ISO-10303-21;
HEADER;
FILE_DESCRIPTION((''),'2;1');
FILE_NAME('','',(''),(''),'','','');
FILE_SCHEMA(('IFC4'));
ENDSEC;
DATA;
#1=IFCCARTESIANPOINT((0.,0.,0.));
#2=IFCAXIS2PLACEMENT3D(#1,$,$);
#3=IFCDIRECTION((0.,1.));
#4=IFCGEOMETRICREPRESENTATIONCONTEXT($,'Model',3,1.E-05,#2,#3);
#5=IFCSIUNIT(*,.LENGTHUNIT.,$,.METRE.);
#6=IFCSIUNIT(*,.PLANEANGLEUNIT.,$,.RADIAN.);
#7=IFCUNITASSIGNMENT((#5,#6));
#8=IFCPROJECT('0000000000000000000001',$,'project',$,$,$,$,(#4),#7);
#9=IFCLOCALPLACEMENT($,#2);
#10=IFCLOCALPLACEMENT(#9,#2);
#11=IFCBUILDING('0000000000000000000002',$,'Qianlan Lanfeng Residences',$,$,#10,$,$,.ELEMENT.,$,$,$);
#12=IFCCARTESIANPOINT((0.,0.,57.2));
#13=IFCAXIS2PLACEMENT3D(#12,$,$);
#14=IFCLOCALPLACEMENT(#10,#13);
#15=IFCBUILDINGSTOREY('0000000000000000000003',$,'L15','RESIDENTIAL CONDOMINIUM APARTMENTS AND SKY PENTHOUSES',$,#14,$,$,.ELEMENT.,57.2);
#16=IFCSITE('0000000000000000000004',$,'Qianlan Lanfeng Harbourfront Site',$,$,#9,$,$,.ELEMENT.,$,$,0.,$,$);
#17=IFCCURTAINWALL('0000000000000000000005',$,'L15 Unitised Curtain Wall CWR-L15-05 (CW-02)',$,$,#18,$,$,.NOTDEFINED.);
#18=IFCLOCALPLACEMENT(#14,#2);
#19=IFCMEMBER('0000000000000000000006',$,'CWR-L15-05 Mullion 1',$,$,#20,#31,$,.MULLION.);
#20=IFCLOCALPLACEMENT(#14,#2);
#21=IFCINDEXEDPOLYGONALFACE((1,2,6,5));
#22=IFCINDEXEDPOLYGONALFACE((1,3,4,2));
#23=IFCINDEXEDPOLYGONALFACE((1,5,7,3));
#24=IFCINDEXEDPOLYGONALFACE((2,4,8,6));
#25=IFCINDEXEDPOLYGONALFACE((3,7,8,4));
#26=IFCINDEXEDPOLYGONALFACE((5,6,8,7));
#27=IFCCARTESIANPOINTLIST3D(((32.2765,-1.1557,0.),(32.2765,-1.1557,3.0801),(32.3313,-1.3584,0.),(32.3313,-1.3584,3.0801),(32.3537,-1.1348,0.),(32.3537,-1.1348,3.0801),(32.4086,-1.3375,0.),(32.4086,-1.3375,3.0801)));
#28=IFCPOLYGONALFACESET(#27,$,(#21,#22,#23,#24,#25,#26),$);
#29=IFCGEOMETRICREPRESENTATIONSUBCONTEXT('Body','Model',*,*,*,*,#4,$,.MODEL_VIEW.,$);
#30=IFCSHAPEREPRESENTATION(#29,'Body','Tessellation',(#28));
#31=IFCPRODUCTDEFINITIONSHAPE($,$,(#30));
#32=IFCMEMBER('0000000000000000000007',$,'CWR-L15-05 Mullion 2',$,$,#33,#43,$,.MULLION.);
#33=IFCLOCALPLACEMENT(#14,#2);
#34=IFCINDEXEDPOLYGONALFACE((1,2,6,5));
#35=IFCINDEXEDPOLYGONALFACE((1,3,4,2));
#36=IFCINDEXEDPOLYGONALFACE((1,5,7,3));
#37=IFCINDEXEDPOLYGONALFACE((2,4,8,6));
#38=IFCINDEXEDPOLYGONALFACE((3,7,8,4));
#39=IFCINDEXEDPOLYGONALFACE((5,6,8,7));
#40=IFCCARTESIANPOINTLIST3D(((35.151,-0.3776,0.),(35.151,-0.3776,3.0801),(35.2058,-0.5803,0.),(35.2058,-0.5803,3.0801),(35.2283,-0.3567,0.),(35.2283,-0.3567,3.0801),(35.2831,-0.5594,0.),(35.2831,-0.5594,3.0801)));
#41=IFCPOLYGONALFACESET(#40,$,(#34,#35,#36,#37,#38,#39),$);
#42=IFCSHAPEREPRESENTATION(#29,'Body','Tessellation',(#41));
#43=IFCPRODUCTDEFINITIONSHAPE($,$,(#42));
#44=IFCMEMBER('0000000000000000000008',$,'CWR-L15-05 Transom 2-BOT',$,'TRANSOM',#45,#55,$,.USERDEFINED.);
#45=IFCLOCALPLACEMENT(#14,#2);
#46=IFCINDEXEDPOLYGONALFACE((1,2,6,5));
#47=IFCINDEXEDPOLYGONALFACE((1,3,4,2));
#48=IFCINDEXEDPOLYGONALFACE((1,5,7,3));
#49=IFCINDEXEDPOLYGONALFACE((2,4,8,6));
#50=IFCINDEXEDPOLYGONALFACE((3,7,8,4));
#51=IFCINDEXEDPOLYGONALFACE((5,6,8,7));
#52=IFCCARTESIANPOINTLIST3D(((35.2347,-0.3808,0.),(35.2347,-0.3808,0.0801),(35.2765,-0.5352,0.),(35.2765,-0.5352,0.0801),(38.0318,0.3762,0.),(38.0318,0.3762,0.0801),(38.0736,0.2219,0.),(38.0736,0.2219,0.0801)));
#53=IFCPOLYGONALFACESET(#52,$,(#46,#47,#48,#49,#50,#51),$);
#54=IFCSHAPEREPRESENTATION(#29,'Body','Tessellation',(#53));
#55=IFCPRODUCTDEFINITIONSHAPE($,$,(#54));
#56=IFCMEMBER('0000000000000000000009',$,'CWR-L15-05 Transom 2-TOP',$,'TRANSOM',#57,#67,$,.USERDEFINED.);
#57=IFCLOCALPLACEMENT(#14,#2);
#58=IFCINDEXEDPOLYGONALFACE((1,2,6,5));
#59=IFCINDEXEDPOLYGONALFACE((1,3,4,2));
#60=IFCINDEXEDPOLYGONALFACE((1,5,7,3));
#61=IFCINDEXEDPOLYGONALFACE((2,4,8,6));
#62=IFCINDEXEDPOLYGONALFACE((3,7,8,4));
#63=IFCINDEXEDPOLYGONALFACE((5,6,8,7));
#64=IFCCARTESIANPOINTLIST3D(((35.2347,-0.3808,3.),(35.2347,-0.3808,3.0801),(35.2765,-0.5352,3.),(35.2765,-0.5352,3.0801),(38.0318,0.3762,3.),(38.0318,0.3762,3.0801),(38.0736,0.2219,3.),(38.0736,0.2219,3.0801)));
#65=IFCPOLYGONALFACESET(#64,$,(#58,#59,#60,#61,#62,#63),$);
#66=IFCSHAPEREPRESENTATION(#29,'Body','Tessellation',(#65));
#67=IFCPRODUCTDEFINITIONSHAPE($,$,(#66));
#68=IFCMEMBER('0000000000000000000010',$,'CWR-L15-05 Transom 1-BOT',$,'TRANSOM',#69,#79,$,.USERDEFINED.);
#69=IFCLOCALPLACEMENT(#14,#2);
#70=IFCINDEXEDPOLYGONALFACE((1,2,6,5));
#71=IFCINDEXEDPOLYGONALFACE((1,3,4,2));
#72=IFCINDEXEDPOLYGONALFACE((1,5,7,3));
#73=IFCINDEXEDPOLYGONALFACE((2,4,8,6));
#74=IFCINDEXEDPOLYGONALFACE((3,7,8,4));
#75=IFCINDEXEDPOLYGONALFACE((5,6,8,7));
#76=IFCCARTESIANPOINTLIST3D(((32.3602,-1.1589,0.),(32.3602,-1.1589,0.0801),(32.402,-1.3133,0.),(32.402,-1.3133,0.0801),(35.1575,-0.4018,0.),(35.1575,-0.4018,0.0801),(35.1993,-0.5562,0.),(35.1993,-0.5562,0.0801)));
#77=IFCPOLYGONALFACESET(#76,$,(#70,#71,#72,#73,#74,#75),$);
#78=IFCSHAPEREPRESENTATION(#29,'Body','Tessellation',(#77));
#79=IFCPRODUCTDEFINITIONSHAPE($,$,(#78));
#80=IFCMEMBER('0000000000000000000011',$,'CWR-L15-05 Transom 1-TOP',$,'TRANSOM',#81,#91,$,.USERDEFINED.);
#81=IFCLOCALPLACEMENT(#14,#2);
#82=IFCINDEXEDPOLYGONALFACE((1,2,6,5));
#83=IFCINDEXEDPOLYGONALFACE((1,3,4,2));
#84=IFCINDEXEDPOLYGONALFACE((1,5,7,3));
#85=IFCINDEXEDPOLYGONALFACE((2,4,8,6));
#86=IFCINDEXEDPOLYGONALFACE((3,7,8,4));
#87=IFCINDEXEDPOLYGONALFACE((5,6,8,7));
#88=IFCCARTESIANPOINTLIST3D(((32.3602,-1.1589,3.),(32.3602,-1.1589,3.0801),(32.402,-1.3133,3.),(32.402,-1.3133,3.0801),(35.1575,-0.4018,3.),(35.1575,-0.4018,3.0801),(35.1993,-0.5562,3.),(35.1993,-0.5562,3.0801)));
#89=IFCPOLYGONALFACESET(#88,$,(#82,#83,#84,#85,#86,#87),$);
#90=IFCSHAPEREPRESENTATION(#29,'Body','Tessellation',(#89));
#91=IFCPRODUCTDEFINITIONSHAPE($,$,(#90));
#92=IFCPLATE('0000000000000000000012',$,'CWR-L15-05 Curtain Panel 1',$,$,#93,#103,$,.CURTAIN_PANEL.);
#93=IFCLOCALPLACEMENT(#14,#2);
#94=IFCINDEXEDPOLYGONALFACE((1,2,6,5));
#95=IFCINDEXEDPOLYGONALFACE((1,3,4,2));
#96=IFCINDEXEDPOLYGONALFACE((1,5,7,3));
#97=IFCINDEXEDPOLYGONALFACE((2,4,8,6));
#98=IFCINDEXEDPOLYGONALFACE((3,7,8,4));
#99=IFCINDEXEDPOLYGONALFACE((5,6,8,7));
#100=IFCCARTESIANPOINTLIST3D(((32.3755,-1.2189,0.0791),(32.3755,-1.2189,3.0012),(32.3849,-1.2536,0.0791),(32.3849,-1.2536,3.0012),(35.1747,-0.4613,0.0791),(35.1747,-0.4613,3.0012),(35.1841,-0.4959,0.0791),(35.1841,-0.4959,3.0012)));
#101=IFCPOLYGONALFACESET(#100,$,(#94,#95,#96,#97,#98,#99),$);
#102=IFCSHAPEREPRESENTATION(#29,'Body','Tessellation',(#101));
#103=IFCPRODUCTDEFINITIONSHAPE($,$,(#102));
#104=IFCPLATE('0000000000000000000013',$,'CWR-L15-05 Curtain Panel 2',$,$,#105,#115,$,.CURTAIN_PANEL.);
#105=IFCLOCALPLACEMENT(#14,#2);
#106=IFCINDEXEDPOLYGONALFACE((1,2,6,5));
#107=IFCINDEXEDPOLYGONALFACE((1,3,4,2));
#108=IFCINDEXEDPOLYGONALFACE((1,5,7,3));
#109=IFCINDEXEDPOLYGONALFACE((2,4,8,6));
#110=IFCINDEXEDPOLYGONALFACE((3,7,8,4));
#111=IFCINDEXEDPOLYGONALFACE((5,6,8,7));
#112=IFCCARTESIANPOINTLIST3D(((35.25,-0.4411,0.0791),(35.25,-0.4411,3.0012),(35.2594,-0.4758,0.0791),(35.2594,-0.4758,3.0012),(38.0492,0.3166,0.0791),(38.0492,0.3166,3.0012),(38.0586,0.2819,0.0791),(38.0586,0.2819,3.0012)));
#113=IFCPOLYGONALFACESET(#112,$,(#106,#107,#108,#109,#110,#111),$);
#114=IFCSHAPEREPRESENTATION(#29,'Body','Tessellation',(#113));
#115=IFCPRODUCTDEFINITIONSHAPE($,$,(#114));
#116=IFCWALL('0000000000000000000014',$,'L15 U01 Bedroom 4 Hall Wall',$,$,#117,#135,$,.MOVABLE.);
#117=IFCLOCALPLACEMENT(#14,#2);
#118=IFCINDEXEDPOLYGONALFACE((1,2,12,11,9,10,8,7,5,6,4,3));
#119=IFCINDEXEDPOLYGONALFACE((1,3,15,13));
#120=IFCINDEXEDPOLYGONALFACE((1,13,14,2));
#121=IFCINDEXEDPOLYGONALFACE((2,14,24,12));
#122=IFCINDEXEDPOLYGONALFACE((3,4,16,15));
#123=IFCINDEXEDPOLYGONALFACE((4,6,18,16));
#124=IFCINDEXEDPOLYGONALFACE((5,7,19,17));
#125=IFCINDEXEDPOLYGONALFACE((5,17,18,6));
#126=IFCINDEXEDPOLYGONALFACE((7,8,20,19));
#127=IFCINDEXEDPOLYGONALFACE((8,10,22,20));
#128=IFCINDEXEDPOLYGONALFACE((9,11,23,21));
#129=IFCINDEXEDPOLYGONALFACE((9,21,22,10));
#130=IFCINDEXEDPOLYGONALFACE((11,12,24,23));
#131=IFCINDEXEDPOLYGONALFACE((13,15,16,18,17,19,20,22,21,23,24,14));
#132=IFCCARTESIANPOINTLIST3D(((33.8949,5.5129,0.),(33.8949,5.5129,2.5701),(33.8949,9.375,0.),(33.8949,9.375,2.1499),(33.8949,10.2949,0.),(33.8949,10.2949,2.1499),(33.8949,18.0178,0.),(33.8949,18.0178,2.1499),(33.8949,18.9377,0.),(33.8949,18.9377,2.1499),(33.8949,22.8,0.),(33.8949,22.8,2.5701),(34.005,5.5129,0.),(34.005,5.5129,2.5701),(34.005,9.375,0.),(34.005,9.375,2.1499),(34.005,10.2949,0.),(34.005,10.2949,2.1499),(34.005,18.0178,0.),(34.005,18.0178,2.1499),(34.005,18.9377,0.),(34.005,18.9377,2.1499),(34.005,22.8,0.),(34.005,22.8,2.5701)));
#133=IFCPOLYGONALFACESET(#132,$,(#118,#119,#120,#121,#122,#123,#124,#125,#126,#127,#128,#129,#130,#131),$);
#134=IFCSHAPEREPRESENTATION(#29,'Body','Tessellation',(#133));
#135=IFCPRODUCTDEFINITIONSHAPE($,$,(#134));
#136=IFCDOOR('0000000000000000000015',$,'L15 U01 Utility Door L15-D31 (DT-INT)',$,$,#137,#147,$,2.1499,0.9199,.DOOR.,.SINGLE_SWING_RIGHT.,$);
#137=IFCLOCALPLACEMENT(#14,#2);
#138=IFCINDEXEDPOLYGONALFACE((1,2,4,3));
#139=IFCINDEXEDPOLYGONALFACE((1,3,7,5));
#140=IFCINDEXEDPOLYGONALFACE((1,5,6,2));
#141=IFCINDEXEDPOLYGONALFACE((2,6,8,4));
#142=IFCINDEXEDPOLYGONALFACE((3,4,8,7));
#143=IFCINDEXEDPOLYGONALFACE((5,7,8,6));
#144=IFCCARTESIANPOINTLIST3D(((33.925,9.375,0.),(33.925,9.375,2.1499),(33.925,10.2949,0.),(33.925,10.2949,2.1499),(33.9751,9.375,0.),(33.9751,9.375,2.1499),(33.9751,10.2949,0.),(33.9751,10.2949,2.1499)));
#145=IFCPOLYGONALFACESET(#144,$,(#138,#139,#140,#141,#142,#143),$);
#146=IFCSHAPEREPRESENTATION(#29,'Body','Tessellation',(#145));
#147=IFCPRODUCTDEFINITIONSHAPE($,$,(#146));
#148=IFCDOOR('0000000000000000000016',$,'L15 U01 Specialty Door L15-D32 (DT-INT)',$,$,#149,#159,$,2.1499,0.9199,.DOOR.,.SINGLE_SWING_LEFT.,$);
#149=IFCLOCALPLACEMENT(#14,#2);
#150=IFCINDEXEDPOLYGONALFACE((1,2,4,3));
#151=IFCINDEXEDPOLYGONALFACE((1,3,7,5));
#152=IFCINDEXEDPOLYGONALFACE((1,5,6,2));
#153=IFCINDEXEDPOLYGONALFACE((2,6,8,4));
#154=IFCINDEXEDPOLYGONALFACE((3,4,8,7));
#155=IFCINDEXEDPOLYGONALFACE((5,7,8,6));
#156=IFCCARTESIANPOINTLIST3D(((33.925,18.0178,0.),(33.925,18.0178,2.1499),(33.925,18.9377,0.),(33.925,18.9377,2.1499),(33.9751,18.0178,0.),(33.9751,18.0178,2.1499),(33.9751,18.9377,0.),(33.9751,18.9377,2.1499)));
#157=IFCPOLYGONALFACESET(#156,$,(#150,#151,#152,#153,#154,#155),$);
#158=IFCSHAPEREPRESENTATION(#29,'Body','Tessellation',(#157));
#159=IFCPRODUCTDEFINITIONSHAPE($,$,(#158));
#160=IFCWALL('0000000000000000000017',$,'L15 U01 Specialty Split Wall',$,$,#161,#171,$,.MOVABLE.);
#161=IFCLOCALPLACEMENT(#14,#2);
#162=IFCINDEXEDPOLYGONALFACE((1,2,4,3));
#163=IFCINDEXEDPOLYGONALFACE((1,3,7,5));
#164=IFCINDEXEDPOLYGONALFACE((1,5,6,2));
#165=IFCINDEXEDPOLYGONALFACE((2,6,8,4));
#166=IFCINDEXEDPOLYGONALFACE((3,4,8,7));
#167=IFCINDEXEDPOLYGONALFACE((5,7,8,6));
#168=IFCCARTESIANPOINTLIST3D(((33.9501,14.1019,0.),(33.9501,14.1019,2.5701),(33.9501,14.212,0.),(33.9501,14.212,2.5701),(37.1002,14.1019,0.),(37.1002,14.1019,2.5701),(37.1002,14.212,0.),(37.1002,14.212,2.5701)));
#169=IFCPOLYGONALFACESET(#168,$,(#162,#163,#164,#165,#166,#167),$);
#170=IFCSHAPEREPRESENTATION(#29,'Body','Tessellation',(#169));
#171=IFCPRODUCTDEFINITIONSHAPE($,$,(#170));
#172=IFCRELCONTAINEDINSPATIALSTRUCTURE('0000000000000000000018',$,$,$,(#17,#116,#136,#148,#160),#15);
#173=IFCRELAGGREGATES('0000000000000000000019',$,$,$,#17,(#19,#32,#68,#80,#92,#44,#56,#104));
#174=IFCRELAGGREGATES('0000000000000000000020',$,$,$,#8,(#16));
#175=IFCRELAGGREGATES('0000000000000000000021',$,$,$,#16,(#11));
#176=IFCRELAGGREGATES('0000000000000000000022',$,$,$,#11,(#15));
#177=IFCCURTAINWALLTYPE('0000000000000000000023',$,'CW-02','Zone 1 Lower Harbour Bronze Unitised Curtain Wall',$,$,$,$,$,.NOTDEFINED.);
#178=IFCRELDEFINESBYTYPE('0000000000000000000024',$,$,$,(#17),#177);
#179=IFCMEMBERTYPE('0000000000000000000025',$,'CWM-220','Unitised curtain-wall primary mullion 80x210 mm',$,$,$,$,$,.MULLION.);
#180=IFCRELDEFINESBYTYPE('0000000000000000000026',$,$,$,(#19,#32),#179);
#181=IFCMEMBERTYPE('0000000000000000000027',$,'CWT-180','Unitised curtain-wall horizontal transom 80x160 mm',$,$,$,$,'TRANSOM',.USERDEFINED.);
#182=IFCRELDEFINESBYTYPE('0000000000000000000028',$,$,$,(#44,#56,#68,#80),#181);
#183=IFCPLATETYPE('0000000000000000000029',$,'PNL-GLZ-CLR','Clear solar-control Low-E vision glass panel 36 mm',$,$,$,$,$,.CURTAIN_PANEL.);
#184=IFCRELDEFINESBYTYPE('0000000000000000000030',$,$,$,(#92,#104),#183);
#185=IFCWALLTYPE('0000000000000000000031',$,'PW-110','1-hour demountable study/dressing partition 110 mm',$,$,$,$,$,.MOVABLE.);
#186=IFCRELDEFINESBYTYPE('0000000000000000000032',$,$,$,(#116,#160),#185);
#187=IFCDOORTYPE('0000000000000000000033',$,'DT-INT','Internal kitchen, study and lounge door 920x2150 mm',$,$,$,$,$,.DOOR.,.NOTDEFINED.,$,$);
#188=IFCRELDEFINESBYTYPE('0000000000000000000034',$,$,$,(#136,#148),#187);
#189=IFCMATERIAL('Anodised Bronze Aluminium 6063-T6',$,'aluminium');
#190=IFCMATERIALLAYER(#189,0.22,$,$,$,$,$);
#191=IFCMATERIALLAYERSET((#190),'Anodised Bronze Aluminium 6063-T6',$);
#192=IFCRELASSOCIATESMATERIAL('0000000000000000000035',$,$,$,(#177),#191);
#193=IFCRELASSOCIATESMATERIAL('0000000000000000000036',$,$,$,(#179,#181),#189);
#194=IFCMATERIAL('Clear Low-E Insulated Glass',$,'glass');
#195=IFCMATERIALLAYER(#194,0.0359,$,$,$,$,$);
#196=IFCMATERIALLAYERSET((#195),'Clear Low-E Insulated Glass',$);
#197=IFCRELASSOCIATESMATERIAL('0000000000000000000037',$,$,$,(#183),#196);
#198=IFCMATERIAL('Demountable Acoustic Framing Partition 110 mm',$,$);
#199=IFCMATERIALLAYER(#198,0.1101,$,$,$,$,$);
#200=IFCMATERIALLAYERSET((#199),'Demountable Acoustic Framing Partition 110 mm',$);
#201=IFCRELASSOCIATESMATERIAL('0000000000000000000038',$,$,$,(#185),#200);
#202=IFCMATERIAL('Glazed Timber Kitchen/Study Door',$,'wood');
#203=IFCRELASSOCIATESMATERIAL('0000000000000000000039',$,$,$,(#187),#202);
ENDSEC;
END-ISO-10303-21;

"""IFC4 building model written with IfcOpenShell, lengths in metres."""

from ifc_helpers import new_model, si_unit, direction, frame, frame_2d, origin, origin_2d, place, context, subcontext, project, spatial, rectangle, extrude, source, transform, mapped, material, layer, layer_set, material_profile, profile_set, type_object, element, fill, aggregate, save


model = new_model("IFC4")

# Units and contexts
model_context = context("Model", 3, precision=1e-05, world=origin(), true_north=direction((0.0, 1.0)))
body_context = subcontext(model_context, "Body", "Model", "MODEL_VIEW")
ifc_project = project(units=[si_unit("LENGTHUNIT", "METRE"), si_unit("PLANEANGLEUNIT", "RADIAN")], contexts=[model_context])

# Site, building, storey
site_placement = place(None, origin())
site = spatial("IfcSite", under=ifc_project, at=site_placement, Name="Qianlan Lanfeng Harbourfront Site", CompositionType="ELEMENT", RefElevation=0.0)
building_placement = place(site_placement, origin())
building = spatial("IfcBuilding", under=site, at=building_placement, Name="Qianlan Lanfeng Residences", CompositionType="ELEMENT")
storey_placement = place(building_placement, frame((0.0, 0.0, 57.2)))
storey = spatial("IfcBuildingStorey", under=building, at=storey_placement, Name="L15", Description="RESIDENTIAL CONDOMINIUM APARTMENTS AND SKY PENTHOUSES", CompositionType="ELEMENT", Elevation=57.2)

# Shared definitions
ifc_material_1 = material(Name="Anodised Bronze Aluminium 6063-T6", Category="aluminium")
ifc_layer_1 = layer(ifc_material_1, 0.22)
ifc_layer_set_1 = layer_set([ifc_layer_1], Name="Anodised Bronze Aluminium 6063-T6")
curtain_wall_type = type_object("IfcCurtainWallType", Name="CW-02", Description="Zone 1 Lower Harbour Bronze Unitised Curtain Wall", PredefinedType="NOTDEFINED", material=ifc_layer_set_1)
ifc_material_profile_1 = material_profile(ifc_material_1, rectangle(XDim=0.0801, YDim=0.21, at=origin_2d()), Name="ALU MULLION 80x210")
ifc_profile_set_1 = profile_set([ifc_material_profile_1], Name="Anodised Bronze Aluminium 6063-T6")
member_type_1 = type_object("IfcMemberType", Name="CWM-220", Description="Unitised curtain-wall primary mullion 80x210 mm", PredefinedType="MULLION", material=ifc_profile_set_1)
shared_shape_1 = source(origin(), body_context, "Body", "SweptSolid", [
    extrude(rectangle(XDim=0.0801, YDim=0.21, at=origin_2d()), origin(), (0.0, 0.0, 1.0), 3.0801),
])

# Curtain wall, members, plates
curtain_wall_1_placement = place(storey_placement, origin())
curtain_wall_1 = element("IfcCurtainWall", 1, at=curtain_wall_1_placement, inside=storey, type_object=curtain_wall_type, Name="L15 Unitised Curtain Wall CWR-L15-05 (CW-02)", PredefinedType="NOTDEFINED")
member_1_placement = place(storey_placement, frame((32.3425, -1.2466, 0.0), z_axis=(0.0, 0.0, 1.0), x_axis=(0.965263, 0.261281, 0.0)))
member_1 = element("IfcMember", 2, at=member_1_placement, type_object=member_type_1, Name="CWR-L15-05 Mullion 1", PredefinedType="MULLION", context=body_context, shape_type="MappedRepresentation", body=[
    mapped(shared_shape_1, transform((0.0, 0.0, 0.0), scale=1.0)),
])
member_2_placement = place(storey_placement, frame((35.217, -0.4685, 0.0), z_axis=(0.0, 0.0, 1.0), x_axis=(0.965263, 0.261281, 0.0)))
member_2 = element("IfcMember", 3, at=member_2_placement, type_object=member_type_1, Name="CWR-L15-05 Mullion 2", PredefinedType="MULLION", context=body_context, shape_type="MappedRepresentation", body=[
    mapped(shared_shape_1, transform((0.0, 0.0, 0.0), scale=1.0)),
])
ifc_material_profile_2 = material_profile(ifc_material_1, rectangle(XDim=0.0801, YDim=0.1599, at=origin_2d()), Name="ALU TRANSOM 80x160")
ifc_profile_set_2 = profile_set([ifc_material_profile_2], Name="Anodised Bronze Aluminium 6063-T6")
member_type_2 = type_object("IfcMemberType", Name="CWT-180", Description="Unitised curtain-wall horizontal transom 80x160 mm", ElementType="TRANSOM", PredefinedType="USERDEFINED", material=ifc_profile_set_2)
shared_shape_2 = source(origin(), body_context, "Body", "SweptSolid", [
    extrude(rectangle(XDim=0.0801, YDim=0.1599, at=origin_2d()), origin(), (0.0, 0.0, 1.0), 2.8977),
])
member_3_placement = place(storey_placement, frame((35.2556, -0.458, 0.04), z_axis=(0.965268, 0.261263, 0.0), x_axis=(0.0, 0.0, 1.0)))
member_3 = element("IfcMember", 4, at=member_3_placement, type_object=member_type_2, Name="CWR-L15-05 Transom 2-BOT", ObjectType="TRANSOM", PredefinedType="USERDEFINED", context=body_context, shape_type="MappedRepresentation", body=[
    mapped(shared_shape_2, transform((0.0, 0.0, 0.0), scale=1.0)),
])
member_4_placement = place(storey_placement, frame((35.2556, -0.458, 3.04), z_axis=(0.965268, 0.261263, 0.0), x_axis=(0.0, 0.0, 1.0)))
member_4 = element("IfcMember", 5, at=member_4_placement, type_object=member_type_2, Name="CWR-L15-05 Transom 2-TOP", ObjectType="TRANSOM", PredefinedType="USERDEFINED", context=body_context, shape_type="MappedRepresentation", body=[
    mapped(shared_shape_2, transform((0.0, 0.0, 0.0), scale=1.0)),
])
shared_shape_3 = source(origin(), body_context, "Body", "SweptSolid", [
    extrude(rectangle(XDim=0.0801, YDim=0.1599, at=origin_2d()), origin(), (0.0, 0.0, 1.0), 2.8979),
])
member_5_placement = place(storey_placement, frame((32.3811, -1.2361, 0.04), z_axis=(0.965273, 0.261242, 0.0), x_axis=(0.0, 0.0, 1.0)))
member_5 = element("IfcMember", 6, at=member_5_placement, type_object=member_type_2, Name="CWR-L15-05 Transom 1-BOT", ObjectType="TRANSOM", PredefinedType="USERDEFINED", context=body_context, shape_type="MappedRepresentation", body=[
    mapped(shared_shape_3, transform((0.0, 0.0, 0.0), scale=1.0)),
])
member_6_placement = place(storey_placement, frame((32.3811, -1.2361, 3.04), z_axis=(0.965273, 0.261242, 0.0), x_axis=(0.0, 0.0, 1.0)))
member_6 = element("IfcMember", 7, at=member_6_placement, type_object=member_type_2, Name="CWR-L15-05 Transom 1-TOP", ObjectType="TRANSOM", PredefinedType="USERDEFINED", context=body_context, shape_type="MappedRepresentation", body=[
    mapped(shared_shape_3, transform((0.0, 0.0, 0.0), scale=1.0)),
])
ifc_material_2 = material(Name="Clear Low-E Insulated Glass", Category="glass")
ifc_layer_2 = layer(ifc_material_2, 0.0359)
ifc_layer_set_2 = layer_set([ifc_layer_2], Name="Clear Low-E Insulated Glass")
plate_type = type_object("IfcPlateType", Name="PNL-GLZ-CLR", Description="Clear solar-control Low-E vision glass panel 36 mm", PredefinedType="CURTAIN_PANEL", material=ifc_layer_set_2)
shared_shape_4 = source(origin(), body_context, "Body", "SweptSolid", [
    extrude(rectangle(XDim=2.8999, YDim=0.0359, at=origin_2d()), origin(), (0.0, 0.0, 1.0), 2.9221),
])
plate_1_placement = place(storey_placement, frame((33.7798, -0.8574, 0.0791), z_axis=(0.0, 0.0, 1.0), x_axis=(0.965263, 0.261281, 0.0)))
plate_1 = element("IfcPlate", 8, at=plate_1_placement, type_object=plate_type, Name="CWR-L15-05 Curtain Panel 1", PredefinedType="CURTAIN_PANEL", context=body_context, shape_type="MappedRepresentation", body=[
    mapped(shared_shape_4, transform((0.0, 0.0, 0.0), scale=1.0)),
])
plate_2_placement = place(storey_placement, frame((36.6543, -0.0796, 0.0791), z_axis=(0.0, 0.0, 1.0), x_axis=(0.965263, 0.261281, 0.0)))
plate_2 = element("IfcPlate", 9, at=plate_2_placement, type_object=plate_type, Name="CWR-L15-05 Curtain Panel 2", PredefinedType="CURTAIN_PANEL", context=body_context, shape_type="MappedRepresentation", body=[
    mapped(shared_shape_4, transform((0.0, 0.0, 0.0), scale=1.0)),
])
aggregate(curtain_wall_1, [member_1, member_2, member_5, member_6, plate_1, member_3, member_4, plate_2])

# Wall, openings, doors
ifc_material_3 = material(Name="Demountable Acoustic Framing Partition 110 mm")
ifc_layer_3 = layer(ifc_material_3, 0.1101)
ifc_layer_set_3 = layer_set([ifc_layer_3], Name="Demountable Acoustic Framing Partition 110 mm")
wall_type_1 = type_object("IfcWallType", Name="PW-110", Description="1-hour demountable study/dressing partition 110 mm", PredefinedType="MOVABLE", material=ifc_layer_set_3)
wall_1_placement = place(storey_placement, frame((33.95, 5.5129, 0.0), z_axis=(0.0, 0.0, 1.0), x_axis=(0.0, 1.0, 0.0)))
wall_1 = element("IfcWall", 10, at=wall_1_placement, inside=storey, type_object=wall_type_1, Name="L15 U01 Bedroom 4 Hall Wall", PredefinedType="MOVABLE", context=body_context, shape_type="SweptSolid", body=[
    extrude(rectangle(XDim=17.2871, YDim=0.1101, at=frame_2d((8.6436, 0.0))), origin(), (0.0, 0.0, 1.0), 2.5701),
])
opening_1_placement = place(wall_1_placement, frame((3.8621, 0.0, 0.0)))
opening_1 = element("IfcOpeningElement", 11, at=opening_1_placement, cuts=wall_1, PredefinedType="OPENING", context=body_context, shape_type="SweptSolid", body=[
    extrude(rectangle(XDim=0.9199, YDim=2.1499, at=frame_2d((0.46, 1.075))), frame((0.0, 0.0649, 0.0), z_axis=(0.0, -1.0, 0.0), x_axis=(1.0, 0.0, 0.0)), (0.0, 0.0, 1.0), 0.1301),
])
opening_2_placement = place(wall_1_placement, frame((12.5049, 0.0, 0.0)))
opening_2 = element("IfcOpeningElement", 12, at=opening_2_placement, cuts=wall_1, PredefinedType="OPENING", context=body_context, shape_type="SweptSolid", body=[
    extrude(rectangle(XDim=0.9199, YDim=2.1499, at=frame_2d((0.46, 1.075))), frame((0.0, 0.0649, 0.0), z_axis=(0.0, -1.0, 0.0), x_axis=(1.0, 0.0, 0.0)), (0.0, 0.0, 1.0), 0.1301),
])
ifc_material_4 = material(Name="Glazed Timber Kitchen/Study Door", Category="wood")
door_type_1 = type_object("IfcDoorType", Name="DT-INT", Description="Internal kitchen, study and lounge door 920x2150 mm", OperationType="NOTDEFINED", PredefinedType="DOOR", material=ifc_material_4)
door_1_placement = place(opening_1_placement, origin())
door_1 = element("IfcDoor", 13, at=door_1_placement, inside=storey, type_object=door_type_1, Name="L15 U01 Utility Door L15-D31 (DT-INT)", OperationType="SINGLE_SWING_RIGHT", OverallHeight=2.1499, OverallWidth=0.9199, PredefinedType="DOOR", context=body_context, shape_type="SweptSolid", body=[
    extrude(rectangle(XDim=0.9199, YDim=2.1499, at=frame_2d((0.46, 1.075))), frame((0.0, 0.0249, 0.0), z_axis=(0.0, -1.0, 0.0), x_axis=(1.0, 0.0, 0.0)), (0.0, 0.0, 1.0), 0.05),
])
fill(opening_1, door_1)
door_2_placement = place(opening_2_placement, origin())
door_2 = element("IfcDoor", 14, at=door_2_placement, inside=storey, type_object=door_type_1, Name="L15 U01 Specialty Door L15-D32 (DT-INT)", OperationType="SINGLE_SWING_LEFT", OverallHeight=2.1499, OverallWidth=0.9199, PredefinedType="DOOR", context=body_context, shape_type="SweptSolid", body=[
    extrude(rectangle(XDim=0.9199, YDim=2.1499, at=frame_2d((0.46, 1.075))), frame((0.0, 0.0249, 0.0), z_axis=(0.0, -1.0, 0.0), x_axis=(1.0, 0.0, 0.0)), (0.0, 0.0, 1.0), 0.05),
])
fill(opening_2, door_2)

# Wall
wall_2_placement = place(storey_placement, frame((33.95, 14.157, 0.0), z_axis=(0.0, 0.0, 1.0), x_axis=(1.0, 0.0, 0.0)))
element("IfcWall", 15, at=wall_2_placement, inside=storey, type_object=wall_type_1, Name="L15 U01 Specialty Split Wall", PredefinedType="MOVABLE", context=body_context, shape_type="SweptSolid", body=[
    extrude(rectangle(XDim=3.1501, YDim=0.1101, at=frame_2d((1.5752, 0.0))), origin(), (0.0, 0.0, 1.0), 2.5701),
])

save(model, "model.ifc")
